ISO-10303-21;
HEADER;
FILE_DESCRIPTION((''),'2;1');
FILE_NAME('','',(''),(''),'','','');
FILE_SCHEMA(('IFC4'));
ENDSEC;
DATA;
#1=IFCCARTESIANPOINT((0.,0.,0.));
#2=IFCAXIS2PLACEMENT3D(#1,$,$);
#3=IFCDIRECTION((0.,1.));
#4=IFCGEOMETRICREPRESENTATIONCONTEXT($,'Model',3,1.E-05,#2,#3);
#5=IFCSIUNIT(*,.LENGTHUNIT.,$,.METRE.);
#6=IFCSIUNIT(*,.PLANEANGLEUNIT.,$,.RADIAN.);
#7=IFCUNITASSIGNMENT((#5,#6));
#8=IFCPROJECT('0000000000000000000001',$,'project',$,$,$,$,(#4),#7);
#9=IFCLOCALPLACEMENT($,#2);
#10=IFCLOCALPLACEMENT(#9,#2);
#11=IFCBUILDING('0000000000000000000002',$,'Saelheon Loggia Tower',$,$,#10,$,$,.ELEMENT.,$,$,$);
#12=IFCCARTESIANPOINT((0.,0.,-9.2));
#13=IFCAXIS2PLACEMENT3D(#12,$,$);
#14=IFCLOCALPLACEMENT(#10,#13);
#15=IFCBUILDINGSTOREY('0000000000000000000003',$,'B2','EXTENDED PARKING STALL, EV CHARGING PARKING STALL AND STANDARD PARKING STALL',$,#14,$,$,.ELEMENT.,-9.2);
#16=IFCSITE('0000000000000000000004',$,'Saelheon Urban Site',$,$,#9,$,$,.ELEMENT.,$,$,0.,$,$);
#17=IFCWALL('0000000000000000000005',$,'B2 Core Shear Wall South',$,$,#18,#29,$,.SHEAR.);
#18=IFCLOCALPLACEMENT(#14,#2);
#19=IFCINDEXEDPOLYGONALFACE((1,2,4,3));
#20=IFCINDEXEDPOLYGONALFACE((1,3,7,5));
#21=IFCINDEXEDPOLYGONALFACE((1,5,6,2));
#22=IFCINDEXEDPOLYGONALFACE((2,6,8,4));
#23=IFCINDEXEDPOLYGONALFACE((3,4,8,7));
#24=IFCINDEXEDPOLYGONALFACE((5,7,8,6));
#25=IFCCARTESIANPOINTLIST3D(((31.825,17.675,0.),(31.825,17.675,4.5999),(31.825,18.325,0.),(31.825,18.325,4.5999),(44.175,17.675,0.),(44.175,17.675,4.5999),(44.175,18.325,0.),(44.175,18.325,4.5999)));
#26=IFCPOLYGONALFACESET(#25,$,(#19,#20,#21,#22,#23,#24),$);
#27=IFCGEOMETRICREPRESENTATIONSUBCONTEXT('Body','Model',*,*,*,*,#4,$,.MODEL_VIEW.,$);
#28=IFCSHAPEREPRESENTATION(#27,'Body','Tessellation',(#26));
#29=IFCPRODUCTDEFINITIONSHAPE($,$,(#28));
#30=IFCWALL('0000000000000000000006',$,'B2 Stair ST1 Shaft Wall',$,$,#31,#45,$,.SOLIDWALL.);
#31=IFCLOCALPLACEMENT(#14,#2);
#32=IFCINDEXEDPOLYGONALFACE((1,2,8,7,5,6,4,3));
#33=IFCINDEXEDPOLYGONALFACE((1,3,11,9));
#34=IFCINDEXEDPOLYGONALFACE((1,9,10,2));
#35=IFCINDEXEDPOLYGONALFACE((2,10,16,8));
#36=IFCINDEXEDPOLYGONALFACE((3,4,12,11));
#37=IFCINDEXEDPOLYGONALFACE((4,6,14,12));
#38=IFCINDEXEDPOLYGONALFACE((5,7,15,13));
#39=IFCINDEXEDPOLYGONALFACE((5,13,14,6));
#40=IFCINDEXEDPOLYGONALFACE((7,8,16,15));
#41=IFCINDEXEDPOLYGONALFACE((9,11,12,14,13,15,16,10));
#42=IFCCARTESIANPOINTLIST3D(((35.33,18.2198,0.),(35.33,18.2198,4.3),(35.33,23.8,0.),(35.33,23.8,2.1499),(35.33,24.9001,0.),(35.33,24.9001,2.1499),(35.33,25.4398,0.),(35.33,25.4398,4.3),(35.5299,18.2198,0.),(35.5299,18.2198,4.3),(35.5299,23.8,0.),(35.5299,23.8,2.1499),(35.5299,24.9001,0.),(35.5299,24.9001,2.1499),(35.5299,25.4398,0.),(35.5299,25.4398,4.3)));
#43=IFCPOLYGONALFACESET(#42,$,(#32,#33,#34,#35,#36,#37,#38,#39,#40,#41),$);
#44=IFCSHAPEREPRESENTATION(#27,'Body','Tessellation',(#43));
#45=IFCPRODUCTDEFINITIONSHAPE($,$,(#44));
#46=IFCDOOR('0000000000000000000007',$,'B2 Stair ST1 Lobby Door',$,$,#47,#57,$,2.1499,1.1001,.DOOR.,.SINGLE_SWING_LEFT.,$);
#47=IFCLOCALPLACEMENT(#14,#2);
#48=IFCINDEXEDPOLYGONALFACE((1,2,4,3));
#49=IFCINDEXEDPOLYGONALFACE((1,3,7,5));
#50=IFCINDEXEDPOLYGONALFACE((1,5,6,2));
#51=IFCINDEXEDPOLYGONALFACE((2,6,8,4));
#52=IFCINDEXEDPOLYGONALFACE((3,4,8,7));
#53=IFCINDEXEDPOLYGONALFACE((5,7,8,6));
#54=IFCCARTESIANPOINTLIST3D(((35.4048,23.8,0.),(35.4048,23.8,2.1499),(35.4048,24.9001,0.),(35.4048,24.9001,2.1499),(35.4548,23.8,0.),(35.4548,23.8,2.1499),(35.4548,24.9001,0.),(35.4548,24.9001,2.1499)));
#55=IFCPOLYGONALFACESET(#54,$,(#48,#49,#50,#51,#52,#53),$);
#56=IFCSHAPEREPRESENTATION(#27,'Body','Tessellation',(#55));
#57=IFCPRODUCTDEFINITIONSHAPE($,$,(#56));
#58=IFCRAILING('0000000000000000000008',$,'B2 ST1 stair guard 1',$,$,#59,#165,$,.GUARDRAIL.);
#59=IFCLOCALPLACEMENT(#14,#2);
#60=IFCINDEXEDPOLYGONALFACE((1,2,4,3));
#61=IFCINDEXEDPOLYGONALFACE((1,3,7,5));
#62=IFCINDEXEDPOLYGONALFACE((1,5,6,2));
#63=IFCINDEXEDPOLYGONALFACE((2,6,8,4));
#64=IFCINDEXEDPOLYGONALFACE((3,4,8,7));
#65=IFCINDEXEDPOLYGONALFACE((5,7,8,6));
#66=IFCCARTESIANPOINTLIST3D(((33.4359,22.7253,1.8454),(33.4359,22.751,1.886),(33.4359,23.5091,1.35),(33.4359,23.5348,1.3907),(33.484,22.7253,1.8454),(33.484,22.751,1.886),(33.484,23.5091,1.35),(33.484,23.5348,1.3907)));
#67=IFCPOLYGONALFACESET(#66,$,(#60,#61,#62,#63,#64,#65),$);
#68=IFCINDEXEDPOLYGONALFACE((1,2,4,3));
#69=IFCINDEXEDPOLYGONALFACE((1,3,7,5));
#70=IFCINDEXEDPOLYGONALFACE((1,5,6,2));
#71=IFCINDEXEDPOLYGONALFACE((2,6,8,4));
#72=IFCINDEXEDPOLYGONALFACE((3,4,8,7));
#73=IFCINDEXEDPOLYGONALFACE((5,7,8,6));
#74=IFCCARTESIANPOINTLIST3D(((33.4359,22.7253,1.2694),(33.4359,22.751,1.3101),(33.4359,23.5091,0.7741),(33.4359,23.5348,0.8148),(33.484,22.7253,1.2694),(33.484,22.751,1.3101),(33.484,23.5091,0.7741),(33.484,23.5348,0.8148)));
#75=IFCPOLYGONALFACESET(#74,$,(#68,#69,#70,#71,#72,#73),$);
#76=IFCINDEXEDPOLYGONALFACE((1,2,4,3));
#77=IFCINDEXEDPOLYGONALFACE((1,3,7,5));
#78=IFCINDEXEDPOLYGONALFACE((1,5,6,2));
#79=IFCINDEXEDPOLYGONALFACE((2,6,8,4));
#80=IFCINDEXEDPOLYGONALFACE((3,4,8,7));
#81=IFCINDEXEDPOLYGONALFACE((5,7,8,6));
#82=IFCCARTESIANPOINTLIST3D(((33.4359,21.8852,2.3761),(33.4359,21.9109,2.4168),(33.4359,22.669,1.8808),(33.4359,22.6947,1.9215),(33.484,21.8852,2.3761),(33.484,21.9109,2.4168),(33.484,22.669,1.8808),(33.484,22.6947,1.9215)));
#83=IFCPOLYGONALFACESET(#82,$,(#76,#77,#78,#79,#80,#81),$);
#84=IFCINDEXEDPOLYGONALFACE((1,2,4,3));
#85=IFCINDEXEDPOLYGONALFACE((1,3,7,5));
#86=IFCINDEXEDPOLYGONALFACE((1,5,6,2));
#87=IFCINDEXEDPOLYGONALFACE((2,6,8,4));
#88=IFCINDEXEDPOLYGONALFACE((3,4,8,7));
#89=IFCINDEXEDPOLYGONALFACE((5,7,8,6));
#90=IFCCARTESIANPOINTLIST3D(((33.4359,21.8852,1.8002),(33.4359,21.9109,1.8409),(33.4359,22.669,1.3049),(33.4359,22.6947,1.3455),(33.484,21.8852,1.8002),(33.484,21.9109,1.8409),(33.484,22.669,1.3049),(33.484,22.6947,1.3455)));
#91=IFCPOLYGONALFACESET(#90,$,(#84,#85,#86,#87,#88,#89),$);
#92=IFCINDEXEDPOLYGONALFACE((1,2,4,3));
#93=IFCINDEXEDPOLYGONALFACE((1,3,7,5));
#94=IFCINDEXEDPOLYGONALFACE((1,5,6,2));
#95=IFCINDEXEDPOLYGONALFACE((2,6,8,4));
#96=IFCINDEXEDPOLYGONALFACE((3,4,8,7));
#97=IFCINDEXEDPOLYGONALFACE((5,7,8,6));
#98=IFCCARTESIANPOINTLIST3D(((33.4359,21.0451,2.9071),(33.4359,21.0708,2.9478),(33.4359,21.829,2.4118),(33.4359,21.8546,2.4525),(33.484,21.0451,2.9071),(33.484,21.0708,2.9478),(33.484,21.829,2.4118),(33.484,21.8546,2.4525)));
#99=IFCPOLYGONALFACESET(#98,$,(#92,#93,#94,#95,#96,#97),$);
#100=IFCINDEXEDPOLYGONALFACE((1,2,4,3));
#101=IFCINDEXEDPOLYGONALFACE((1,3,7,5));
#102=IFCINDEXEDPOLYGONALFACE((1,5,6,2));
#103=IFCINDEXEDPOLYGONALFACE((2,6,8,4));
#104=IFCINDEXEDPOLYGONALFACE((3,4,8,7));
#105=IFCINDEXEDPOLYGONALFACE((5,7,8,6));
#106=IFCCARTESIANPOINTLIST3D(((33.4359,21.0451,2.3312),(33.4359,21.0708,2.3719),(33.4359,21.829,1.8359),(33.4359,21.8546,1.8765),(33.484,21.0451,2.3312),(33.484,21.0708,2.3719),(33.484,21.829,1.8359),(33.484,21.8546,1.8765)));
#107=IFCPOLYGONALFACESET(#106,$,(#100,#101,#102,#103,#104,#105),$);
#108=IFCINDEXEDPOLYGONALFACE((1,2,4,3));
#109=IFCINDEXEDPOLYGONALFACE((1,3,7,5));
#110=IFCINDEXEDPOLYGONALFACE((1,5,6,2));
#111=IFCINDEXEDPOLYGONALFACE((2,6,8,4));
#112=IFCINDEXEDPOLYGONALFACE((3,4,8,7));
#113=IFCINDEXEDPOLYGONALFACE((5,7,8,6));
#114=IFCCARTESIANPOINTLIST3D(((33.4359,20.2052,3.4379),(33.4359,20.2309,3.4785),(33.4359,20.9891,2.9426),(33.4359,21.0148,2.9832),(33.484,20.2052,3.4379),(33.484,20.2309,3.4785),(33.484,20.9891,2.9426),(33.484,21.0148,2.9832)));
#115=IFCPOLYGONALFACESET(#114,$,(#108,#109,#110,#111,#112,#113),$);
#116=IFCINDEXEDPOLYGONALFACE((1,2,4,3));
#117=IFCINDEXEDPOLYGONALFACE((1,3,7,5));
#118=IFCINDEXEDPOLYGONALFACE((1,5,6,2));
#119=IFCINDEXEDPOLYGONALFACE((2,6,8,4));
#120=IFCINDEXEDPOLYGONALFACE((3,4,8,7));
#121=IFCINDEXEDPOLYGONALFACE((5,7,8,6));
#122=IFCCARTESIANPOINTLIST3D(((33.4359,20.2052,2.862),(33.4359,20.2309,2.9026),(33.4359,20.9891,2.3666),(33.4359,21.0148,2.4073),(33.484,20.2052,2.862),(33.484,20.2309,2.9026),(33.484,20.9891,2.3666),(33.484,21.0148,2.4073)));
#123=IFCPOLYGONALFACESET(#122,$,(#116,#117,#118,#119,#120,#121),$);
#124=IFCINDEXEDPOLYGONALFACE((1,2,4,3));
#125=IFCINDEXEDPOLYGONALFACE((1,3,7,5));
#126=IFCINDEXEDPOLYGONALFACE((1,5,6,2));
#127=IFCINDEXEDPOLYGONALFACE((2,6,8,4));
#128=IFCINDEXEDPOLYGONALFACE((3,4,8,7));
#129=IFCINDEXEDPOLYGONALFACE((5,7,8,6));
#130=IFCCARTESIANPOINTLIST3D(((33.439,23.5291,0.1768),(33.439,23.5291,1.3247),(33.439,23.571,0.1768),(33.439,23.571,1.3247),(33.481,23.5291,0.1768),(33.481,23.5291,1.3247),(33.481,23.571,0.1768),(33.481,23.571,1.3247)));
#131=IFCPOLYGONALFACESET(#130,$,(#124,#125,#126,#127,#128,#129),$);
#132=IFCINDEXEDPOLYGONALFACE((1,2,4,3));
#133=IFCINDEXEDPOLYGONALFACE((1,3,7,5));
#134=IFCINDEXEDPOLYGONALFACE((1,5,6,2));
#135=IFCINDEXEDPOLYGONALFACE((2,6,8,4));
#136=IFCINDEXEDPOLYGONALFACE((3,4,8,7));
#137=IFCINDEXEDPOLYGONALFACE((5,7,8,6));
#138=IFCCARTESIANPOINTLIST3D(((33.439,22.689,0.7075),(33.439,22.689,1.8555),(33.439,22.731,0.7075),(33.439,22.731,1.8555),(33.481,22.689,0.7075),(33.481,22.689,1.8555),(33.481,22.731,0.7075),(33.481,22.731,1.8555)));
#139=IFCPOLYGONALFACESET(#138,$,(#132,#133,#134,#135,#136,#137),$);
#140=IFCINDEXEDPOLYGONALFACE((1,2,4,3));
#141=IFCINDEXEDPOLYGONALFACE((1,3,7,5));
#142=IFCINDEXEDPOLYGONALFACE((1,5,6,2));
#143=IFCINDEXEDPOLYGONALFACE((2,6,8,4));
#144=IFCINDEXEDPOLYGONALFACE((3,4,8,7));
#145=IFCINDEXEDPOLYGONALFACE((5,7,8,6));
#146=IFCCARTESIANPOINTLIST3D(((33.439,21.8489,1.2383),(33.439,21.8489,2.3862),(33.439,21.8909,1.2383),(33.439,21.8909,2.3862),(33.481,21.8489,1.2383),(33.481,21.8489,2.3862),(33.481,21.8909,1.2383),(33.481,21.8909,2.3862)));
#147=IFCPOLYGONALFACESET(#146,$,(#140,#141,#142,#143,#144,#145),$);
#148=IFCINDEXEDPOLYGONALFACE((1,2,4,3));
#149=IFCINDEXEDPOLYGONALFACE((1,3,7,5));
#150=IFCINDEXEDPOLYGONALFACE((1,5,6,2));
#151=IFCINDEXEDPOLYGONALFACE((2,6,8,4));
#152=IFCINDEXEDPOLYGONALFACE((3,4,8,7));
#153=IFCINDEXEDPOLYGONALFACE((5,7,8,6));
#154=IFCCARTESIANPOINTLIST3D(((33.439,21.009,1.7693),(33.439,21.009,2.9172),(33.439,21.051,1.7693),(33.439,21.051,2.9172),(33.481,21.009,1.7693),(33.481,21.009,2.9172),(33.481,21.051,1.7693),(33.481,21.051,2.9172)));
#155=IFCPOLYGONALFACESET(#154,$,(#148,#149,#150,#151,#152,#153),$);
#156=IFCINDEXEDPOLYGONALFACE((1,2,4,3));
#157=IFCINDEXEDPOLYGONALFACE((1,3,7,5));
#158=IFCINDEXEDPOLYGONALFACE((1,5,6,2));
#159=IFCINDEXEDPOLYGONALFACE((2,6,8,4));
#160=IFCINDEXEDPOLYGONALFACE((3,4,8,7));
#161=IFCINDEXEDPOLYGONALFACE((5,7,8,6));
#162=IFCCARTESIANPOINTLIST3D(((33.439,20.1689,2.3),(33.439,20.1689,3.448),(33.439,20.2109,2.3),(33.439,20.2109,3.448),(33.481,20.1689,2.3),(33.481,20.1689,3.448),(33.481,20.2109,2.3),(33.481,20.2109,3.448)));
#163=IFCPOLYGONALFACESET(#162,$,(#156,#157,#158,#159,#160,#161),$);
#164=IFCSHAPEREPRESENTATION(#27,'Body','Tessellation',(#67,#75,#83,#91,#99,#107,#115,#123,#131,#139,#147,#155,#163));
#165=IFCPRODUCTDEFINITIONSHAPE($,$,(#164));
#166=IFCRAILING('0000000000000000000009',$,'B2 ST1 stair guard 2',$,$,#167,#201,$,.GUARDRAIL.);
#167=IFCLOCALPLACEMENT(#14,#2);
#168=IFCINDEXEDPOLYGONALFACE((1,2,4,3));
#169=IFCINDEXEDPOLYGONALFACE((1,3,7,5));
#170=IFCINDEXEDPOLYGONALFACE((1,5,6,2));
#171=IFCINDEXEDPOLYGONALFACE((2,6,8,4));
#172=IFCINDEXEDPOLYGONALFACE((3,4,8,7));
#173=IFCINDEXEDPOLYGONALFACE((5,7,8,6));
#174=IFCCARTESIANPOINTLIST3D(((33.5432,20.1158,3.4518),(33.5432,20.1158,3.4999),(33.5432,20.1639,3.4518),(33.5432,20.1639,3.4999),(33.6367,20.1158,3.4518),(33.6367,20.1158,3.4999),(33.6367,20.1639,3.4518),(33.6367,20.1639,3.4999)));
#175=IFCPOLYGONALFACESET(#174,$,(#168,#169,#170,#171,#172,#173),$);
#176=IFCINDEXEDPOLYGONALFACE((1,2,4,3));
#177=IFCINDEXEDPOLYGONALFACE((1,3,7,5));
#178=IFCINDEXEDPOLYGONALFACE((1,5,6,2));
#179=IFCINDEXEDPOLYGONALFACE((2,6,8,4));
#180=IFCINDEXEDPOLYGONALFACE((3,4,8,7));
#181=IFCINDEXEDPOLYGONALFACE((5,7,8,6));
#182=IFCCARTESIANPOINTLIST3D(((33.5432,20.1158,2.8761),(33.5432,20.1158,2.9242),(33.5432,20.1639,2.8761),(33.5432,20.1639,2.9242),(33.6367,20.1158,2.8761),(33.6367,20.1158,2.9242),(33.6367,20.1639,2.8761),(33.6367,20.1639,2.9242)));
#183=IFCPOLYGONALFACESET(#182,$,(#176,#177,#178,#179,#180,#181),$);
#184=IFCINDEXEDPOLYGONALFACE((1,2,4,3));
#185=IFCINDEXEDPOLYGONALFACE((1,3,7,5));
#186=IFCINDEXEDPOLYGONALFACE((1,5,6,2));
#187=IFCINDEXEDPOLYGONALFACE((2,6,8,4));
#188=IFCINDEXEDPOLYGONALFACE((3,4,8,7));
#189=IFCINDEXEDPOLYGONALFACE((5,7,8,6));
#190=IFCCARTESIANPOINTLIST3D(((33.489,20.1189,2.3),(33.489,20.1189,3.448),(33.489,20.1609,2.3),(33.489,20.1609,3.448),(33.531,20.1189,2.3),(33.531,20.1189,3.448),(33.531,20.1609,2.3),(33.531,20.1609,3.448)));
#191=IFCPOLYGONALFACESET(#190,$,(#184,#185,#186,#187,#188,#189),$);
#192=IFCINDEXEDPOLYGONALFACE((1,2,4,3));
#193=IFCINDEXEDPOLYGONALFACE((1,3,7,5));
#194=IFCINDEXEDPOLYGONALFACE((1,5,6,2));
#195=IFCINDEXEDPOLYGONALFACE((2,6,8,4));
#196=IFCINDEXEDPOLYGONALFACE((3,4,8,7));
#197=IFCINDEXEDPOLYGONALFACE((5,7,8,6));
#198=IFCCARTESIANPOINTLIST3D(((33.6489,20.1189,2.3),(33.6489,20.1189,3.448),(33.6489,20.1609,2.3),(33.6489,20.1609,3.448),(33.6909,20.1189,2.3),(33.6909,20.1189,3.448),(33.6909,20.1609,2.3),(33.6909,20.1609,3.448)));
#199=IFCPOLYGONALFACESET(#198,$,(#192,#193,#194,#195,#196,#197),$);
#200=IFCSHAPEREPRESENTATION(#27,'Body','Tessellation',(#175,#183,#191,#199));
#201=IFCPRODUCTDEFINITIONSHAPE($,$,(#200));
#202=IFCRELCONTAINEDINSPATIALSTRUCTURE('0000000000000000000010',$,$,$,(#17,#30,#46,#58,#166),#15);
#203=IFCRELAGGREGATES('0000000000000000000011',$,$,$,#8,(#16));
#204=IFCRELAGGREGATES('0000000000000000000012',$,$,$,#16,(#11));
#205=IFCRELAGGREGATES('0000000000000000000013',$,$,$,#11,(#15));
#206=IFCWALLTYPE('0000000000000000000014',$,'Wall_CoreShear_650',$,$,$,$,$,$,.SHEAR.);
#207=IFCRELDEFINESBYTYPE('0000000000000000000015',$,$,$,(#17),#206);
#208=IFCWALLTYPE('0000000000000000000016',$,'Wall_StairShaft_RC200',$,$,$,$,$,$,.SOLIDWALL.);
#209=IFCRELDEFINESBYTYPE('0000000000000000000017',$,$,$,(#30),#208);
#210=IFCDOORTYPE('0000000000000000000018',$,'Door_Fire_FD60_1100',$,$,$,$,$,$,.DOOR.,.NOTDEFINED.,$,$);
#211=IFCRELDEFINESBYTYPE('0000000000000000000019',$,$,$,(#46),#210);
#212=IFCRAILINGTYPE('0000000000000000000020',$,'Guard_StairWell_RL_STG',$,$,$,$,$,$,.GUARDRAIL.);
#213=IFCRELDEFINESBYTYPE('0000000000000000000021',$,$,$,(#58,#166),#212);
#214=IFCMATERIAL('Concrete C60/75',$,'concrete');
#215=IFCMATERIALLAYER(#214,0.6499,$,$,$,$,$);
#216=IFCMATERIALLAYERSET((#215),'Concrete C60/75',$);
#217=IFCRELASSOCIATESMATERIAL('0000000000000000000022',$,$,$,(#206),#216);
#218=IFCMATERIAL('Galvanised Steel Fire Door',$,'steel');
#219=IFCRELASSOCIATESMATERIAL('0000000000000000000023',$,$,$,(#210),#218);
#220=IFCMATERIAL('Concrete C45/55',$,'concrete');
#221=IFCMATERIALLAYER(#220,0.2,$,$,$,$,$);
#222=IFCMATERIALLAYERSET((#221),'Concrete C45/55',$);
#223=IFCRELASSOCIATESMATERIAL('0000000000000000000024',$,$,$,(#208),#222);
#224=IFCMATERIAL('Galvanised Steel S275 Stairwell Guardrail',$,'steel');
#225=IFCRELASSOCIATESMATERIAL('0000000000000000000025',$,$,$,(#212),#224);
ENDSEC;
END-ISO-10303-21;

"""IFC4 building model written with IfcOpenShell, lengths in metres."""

from ifc_helpers import new_model, si_unit, direction, frame, frame_2d, origin, origin_2d, place, context, subcontext, project, spatial, rectangle, extrude, source, transform, mapped, material, layer, layer_set, type_object, element, fill, save


model = new_model("IFC4")

# Units and contexts
model_context = context("Model", 3, precision=1e-05, world=origin(), true_north=direction((0.0, 1.0)))
body_context = subcontext(model_context, "Body", "Model", "MODEL_VIEW")
ifc_project = project(units=[si_unit("LENGTHUNIT", "METRE"), si_unit("PLANEANGLEUNIT", "RADIAN")], contexts=[model_context])

# Site, building, storey
site_placement = place(None, origin())
site = spatial("IfcSite", under=ifc_project, at=site_placement, Name="Saelheon Urban Site", CompositionType="ELEMENT", RefElevation=0.0)
building_placement = place(site_placement, origin())
building = spatial("IfcBuilding", under=site, at=building_placement, Name="Saelheon Loggia Tower", CompositionType="ELEMENT")
storey_placement = place(building_placement, frame((0.0, 0.0, -9.2)))
storey = spatial("IfcBuildingStorey", under=building, at=storey_placement, Name="B2", Description="EXTENDED PARKING STALL, EV CHARGING PARKING STALL AND STANDARD PARKING STALL", CompositionType="ELEMENT", Elevation=-9.2)

# Wall
ifc_material_1 = material(Name="Concrete C60/75", Category="concrete")
ifc_layer_1 = layer(ifc_material_1, 0.6499)
ifc_layer_set_1 = layer_set([ifc_layer_1], Name="Concrete C60/75")
wall_type_1 = type_object("IfcWallType", Name="Wall_CoreShear_650", PredefinedType="SHEAR", material=ifc_layer_set_1)
wall_1_placement = place(storey_placement, frame((31.825, 18.0, 0.0), z_axis=(0.0, 0.0, 1.0), x_axis=(1.0, 0.0, 0.0)))
element("IfcWall", 1, at=wall_1_placement, inside=storey, type_object=wall_type_1, Name="B2 Core Shear Wall South", PredefinedType="SHEAR", context=body_context, shape_type="SweptSolid", body=[
    extrude(rectangle(XDim=12.3501, YDim=0.6499, at=frame_2d((6.175, 0.0))), origin(), (0.0, 0.0, 1.0), 4.5999),
])

# Shared definitions
shared_shape_1 = source(origin(), body_context, "Body", "SweptSolid", [
    extrude(rectangle(XDim=1.1001, YDim=2.1499, at=frame_2d((0.55, 1.075))), frame((0.0, 0.0249, 0.0), z_axis=(0.0, -1.0, 0.0), x_axis=(1.0, 0.0, 0.0)), (0.0, 0.0, 1.0), 0.05),
])

# Shared definitions
ifc_material_2 = material(Name="Galvanised Steel Fire Door", Category="steel")
door_type_1 = type_object("IfcDoorType", Name="Door_Fire_FD60_1100", OperationType="NOTDEFINED", PredefinedType="DOOR", material=ifc_material_2)

# Wall, opening, door
ifc_material_3 = material(Name="Concrete C45/55", Category="concrete")
ifc_layer_2 = layer(ifc_material_3, 0.2)
ifc_layer_set_2 = layer_set([ifc_layer_2], Name="Concrete C45/55")
wall_type_2 = type_object("IfcWallType", Name="Wall_StairShaft_RC200", PredefinedType="SOLIDWALL", material=ifc_layer_set_2)
wall_2_placement = place(storey_placement, frame((35.4299, 18.22, 0.0), z_axis=(0.0, 0.0, 1.0), x_axis=(0.0, 1.0, 0.0)))
wall_2 = element("IfcWall", 2, at=wall_2_placement, inside=storey, type_object=wall_type_2, Name="B2 Stair ST1 Shaft Wall", PredefinedType="SOLIDWALL", context=body_context, shape_type="SweptSolid", body=[
    extrude(rectangle(XDim=7.22, YDim=0.2, at=frame_2d((3.6099, 0.0))), origin(), (0.0, 0.0, 1.0), 4.3),
])
opening_1_placement = place(wall_2_placement, frame((6.6802, 0.0, 0.0), z_axis=(0.0, 0.0, 1.0), x_axis=(-1.0, 0.0, 0.0)))
opening_1 = element("IfcOpeningElement", 3, at=opening_1_placement, cuts=wall_2, PredefinedType="OPENING", context=body_context, shape_type="SweptSolid", body=[
    extrude(rectangle(XDim=1.1001, YDim=2.1499, at=frame_2d((0.55, 1.075))), frame((0.0, 0.1121, 0.0), z_axis=(0.0, -1.0, 0.0), x_axis=(1.0, 0.0, 0.0)), (0.0, 0.0, 1.0), 0.2239),
])
door_1_placement = place(opening_1_placement, origin())
door_1 = element("IfcDoor", 4, at=door_1_placement, inside=storey, type_object=door_type_1, Name="B2 Stair ST1 Lobby Door", OperationType="SINGLE_SWING_LEFT", OverallHeight=2.1499, OverallWidth=1.1001, PredefinedType="DOOR", context=body_context, shape_type="MappedRepresentation", body=[
    mapped(shared_shape_1, transform((0.0, 0.0, 0.0), scale=1.0)),
])
fill(opening_1, door_1)

# Railings
ifc_material_4 = material(Name="Galvanised Steel S275 Stairwell Guardrail", Category="steel")
railing_type_1 = type_object("IfcRailingType", Name="Guard_StairWell_RL_STG", PredefinedType="GUARDRAIL", material=ifc_material_4)
railing_1_placement = place(storey_placement, frame((33.46, 23.55, 0.1768)))
element("IfcRailing", 5, at=railing_1_placement, inside=storey, type_object=railing_type_1, Name="B2 ST1 stair guard 1", PredefinedType="GUARDRAIL", context=body_context, shape_type="SweptSolid", body=[
    extrude(rectangle(XDim=0.0481, YDim=0.0481, at=origin_2d()), frame((0.0, -0.0281, 1.1936), z_axis=(0.0, -0.845362, 0.534194), x_axis=(1.0, 0.0, 0.0)), (0.0, 0.0, 1.0), 0.9272),
    extrude(rectangle(XDim=0.0481, YDim=0.0481, at=origin_2d()), frame((0.0, -0.0281, 0.6177), z_axis=(0.0, -0.845362, 0.534194), x_axis=(1.0, 0.0, 0.0)), (0.0, 0.0, 1.0), 0.9272),
    extrude(rectangle(XDim=0.0481, YDim=0.0481, at=origin_2d()), frame((0.0, -0.8682, 1.7244), z_axis=(0.0, -0.845362, 0.534194), x_axis=(1.0, 0.0, 0.0)), (0.0, 0.0, 1.0), 0.9272),
    extrude(rectangle(XDim=0.0481, YDim=0.0481, at=origin_2d()), frame((0.0, -0.8682, 1.1484), z_axis=(0.0, -0.845362, 0.534194), x_axis=(1.0, 0.0, 0.0)), (0.0, 0.0, 1.0), 0.9272),
    extrude(rectangle(XDim=0.0481, YDim=0.0481, at=origin_2d()), frame((0.0, -1.7083, 2.2554), z_axis=(0.0, -0.845362, 0.534194), x_axis=(1.0, 0.0, 0.0)), (0.0, 0.0, 1.0), 0.9272),
    extrude(rectangle(XDim=0.0481, YDim=0.0481, at=origin_2d()), frame((0.0, -1.7083, 1.6794), z_axis=(0.0, -0.845362, 0.534194), x_axis=(1.0, 0.0, 0.0)), (0.0, 0.0, 1.0), 0.9272),
    extrude(rectangle(XDim=0.0481, YDim=0.0481, at=origin_2d()), frame((0.0, -2.5481, 2.7861), z_axis=(0.0, -0.845362, 0.534194), x_axis=(1.0, 0.0, 0.0)), (0.0, 0.0, 1.0), 0.9272),
    extrude(rectangle(XDim=0.0481, YDim=0.0481, at=origin_2d()), frame((0.0, -2.5481, 2.2102), z_axis=(0.0, -0.845362, 0.534194), x_axis=(1.0, 0.0, 0.0)), (0.0, 0.0, 1.0), 0.9272),
    extrude(rectangle(XDim=0.042, YDim=0.042, at=origin_2d()), origin(), (0.0, 0.0, 1.0), 1.1479),
    extrude(rectangle(XDim=0.042, YDim=0.042, at=origin_2d()), frame((0.0, -0.8401, 0.5308)), (0.0, 0.0, 1.0), 1.1479),
    extrude(rectangle(XDim=0.042, YDim=0.042, at=origin_2d()), frame((0.0, -1.6802, 1.0615)), (0.0, 0.0, 1.0), 1.1479),
    extrude(rectangle(XDim=0.042, YDim=0.042, at=origin_2d()), frame((0.0, -2.52, 1.5925)), (0.0, 0.0, 1.0), 1.1479),
    extrude(rectangle(XDim=0.042, YDim=0.042, at=origin_2d()), frame((0.0, -3.3601, 2.1233)), (0.0, 0.0, 1.0), 1.1479),
])
railing_2_placement = place(storey_placement, frame((33.51, 20.1399, 2.3)))
element("IfcRailing", 6, at=railing_2_placement, inside=storey, type_object=railing_type_1, Name="B2 ST1 stair guard 2", PredefinedType="GUARDRAIL", context=body_context, shape_type="SweptSolid", body=[
    extrude(rectangle(XDim=0.0481, YDim=0.0481, at=origin_2d()), frame((0.0332, 0.0, 1.1758), z_axis=(1.0, 0.0, 0.0), x_axis=(0.0, 1.0, 0.0)), (0.0, 0.0, 1.0), 0.0935),
    extrude(rectangle(XDim=0.0481, YDim=0.0481, at=origin_2d()), frame((0.0332, 0.0, 0.6001), z_axis=(1.0, 0.0, 0.0), x_axis=(0.0, 1.0, 0.0)), (0.0, 0.0, 1.0), 0.0935),
    extrude(rectangle(XDim=0.042, YDim=0.042, at=origin_2d()), origin(), (0.0, 0.0, 1.0), 1.1479),
    extrude(rectangle(XDim=0.042, YDim=0.042, at=origin_2d()), frame((0.1599, 0.0, 0.0)), (0.0, 0.0, 1.0), 1.1479),
])

save(model, "model.ifc")
